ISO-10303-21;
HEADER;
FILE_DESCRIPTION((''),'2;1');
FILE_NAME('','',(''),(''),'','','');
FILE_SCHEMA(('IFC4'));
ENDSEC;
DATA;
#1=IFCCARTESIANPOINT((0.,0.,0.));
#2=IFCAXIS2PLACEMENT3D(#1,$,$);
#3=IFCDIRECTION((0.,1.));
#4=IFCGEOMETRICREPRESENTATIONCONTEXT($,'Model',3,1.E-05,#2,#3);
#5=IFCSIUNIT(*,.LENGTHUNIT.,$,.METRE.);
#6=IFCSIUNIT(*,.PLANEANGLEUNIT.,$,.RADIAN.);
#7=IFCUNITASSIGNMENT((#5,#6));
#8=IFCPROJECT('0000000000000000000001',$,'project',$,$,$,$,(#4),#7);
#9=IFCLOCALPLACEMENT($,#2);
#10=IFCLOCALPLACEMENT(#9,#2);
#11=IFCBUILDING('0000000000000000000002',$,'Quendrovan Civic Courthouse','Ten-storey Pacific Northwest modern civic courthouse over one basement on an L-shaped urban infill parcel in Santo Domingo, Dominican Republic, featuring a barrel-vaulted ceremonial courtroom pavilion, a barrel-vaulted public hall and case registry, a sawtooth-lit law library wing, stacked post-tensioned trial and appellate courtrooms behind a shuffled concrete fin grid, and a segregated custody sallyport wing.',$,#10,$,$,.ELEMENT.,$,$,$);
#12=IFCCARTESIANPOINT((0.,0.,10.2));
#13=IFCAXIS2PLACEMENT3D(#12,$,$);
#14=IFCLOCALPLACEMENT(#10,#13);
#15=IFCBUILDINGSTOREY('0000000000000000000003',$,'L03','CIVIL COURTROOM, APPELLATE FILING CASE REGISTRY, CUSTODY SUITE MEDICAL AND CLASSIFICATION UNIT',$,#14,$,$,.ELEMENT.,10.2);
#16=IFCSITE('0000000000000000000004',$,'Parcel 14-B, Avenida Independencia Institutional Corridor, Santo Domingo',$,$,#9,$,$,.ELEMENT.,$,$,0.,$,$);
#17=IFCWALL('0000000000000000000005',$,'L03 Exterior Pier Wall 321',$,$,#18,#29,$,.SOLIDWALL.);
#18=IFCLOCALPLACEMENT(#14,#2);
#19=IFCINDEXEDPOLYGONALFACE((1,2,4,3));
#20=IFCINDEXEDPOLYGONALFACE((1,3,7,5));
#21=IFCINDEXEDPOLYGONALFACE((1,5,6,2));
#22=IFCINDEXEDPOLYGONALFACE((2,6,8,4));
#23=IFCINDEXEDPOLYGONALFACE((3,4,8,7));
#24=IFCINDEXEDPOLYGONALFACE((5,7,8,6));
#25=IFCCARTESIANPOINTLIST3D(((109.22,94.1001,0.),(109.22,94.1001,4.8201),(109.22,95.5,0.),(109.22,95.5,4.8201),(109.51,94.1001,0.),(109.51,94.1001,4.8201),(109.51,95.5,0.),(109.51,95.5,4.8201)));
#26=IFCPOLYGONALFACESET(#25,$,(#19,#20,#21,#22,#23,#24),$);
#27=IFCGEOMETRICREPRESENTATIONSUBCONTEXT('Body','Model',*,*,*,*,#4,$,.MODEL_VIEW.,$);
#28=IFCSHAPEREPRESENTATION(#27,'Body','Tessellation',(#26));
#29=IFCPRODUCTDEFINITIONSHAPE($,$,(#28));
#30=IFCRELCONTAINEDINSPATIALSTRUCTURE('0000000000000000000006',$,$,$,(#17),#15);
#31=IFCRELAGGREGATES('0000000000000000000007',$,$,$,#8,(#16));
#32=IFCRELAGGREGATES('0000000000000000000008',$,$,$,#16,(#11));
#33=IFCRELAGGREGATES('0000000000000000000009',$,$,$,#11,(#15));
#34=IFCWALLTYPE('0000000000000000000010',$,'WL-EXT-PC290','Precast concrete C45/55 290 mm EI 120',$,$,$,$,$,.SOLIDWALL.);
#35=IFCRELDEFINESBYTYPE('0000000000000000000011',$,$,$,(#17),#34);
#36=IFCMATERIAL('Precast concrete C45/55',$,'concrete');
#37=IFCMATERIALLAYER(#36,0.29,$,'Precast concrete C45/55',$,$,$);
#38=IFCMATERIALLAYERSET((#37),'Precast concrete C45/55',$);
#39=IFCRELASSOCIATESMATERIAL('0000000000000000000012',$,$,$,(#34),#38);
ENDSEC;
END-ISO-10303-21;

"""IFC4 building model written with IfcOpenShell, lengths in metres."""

from ifc_helpers import new_model, si_unit, direction, frame, frame_2d, origin, place, context, subcontext, project, spatial, rectangle, extrude, material, layer, layer_set, type_object, element, save


model = new_model("IFC4")

# Units and contexts
model_context = context("Model", 3, precision=1e-05, world=origin(), true_north=direction((0.0, 1.0)))
body_context = subcontext(model_context, "Body", "Model", "MODEL_VIEW")
ifc_project = project(units=[si_unit("LENGTHUNIT", "METRE"), si_unit("PLANEANGLEUNIT", "RADIAN")], contexts=[model_context])

# Site, building, storey
site_placement = place(None, origin())
site = spatial("IfcSite", under=ifc_project, at=site_placement, Name="Parcel 14-B, Avenida Independencia Institutional Corridor, Santo Domingo", CompositionType="ELEMENT", RefElevation=0.0)
building_placement = place(site_placement, origin())
building = spatial("IfcBuilding", under=site, at=building_placement, Name="Quendrovan Civic Courthouse", Description="Ten-storey Pacific Northwest modern civic courthouse over one basement on an L-shaped urban infill parcel in Santo Domingo, Dominican Republic, featuring a barrel-vaulted ceremonial courtroom pavilion, a barrel-vaulted public hall and case registry, a sawtooth-lit law library wing, stacked post-tensioned trial and appellate courtrooms behind a shuffled concrete fin grid, and a segregated custody sallyport wing.", CompositionType="ELEMENT")
storey_placement = place(building_placement, frame((0.0, 0.0, 10.2)))
storey = spatial("IfcBuildingStorey", under=building, at=storey_placement, Name="L03", Description="CIVIL COURTROOM, APPELLATE FILING CASE REGISTRY, CUSTODY SUITE MEDICAL AND CLASSIFICATION UNIT", CompositionType="ELEMENT", Elevation=10.2)

# Wall
ifc_material_1 = material(Name="Precast concrete C45/55", Category="concrete")
ifc_layer_1 = layer(ifc_material_1, 0.29, Name="Precast concrete C45/55")
ifc_layer_set_1 = layer_set([ifc_layer_1], Name="Precast concrete C45/55")
wall_type = type_object("IfcWallType", Name="WL-EXT-PC290", Description="Precast concrete C45/55 290 mm EI 120", PredefinedType="SOLIDWALL", material=ifc_layer_set_1)
wall_placement = place(storey_placement, frame((109.365, 94.1001, 0.0), z_axis=(0.0, 0.0, 1.0), x_axis=(0.0, 1.0, 0.0)))
element("IfcWall", 1, at=wall_placement, inside=storey, type_object=wall_type, Name="L03 Exterior Pier Wall 321", PredefinedType="SOLIDWALL", context=body_context, shape_type="SweptSolid", body=[
    extrude(rectangle(XDim=1.3999, YDim=0.29, at=frame_2d((0.7, 0.0))), origin(), (0.0, 0.0, 1.0), 4.8201),
])

save(model, "model.ifc")
